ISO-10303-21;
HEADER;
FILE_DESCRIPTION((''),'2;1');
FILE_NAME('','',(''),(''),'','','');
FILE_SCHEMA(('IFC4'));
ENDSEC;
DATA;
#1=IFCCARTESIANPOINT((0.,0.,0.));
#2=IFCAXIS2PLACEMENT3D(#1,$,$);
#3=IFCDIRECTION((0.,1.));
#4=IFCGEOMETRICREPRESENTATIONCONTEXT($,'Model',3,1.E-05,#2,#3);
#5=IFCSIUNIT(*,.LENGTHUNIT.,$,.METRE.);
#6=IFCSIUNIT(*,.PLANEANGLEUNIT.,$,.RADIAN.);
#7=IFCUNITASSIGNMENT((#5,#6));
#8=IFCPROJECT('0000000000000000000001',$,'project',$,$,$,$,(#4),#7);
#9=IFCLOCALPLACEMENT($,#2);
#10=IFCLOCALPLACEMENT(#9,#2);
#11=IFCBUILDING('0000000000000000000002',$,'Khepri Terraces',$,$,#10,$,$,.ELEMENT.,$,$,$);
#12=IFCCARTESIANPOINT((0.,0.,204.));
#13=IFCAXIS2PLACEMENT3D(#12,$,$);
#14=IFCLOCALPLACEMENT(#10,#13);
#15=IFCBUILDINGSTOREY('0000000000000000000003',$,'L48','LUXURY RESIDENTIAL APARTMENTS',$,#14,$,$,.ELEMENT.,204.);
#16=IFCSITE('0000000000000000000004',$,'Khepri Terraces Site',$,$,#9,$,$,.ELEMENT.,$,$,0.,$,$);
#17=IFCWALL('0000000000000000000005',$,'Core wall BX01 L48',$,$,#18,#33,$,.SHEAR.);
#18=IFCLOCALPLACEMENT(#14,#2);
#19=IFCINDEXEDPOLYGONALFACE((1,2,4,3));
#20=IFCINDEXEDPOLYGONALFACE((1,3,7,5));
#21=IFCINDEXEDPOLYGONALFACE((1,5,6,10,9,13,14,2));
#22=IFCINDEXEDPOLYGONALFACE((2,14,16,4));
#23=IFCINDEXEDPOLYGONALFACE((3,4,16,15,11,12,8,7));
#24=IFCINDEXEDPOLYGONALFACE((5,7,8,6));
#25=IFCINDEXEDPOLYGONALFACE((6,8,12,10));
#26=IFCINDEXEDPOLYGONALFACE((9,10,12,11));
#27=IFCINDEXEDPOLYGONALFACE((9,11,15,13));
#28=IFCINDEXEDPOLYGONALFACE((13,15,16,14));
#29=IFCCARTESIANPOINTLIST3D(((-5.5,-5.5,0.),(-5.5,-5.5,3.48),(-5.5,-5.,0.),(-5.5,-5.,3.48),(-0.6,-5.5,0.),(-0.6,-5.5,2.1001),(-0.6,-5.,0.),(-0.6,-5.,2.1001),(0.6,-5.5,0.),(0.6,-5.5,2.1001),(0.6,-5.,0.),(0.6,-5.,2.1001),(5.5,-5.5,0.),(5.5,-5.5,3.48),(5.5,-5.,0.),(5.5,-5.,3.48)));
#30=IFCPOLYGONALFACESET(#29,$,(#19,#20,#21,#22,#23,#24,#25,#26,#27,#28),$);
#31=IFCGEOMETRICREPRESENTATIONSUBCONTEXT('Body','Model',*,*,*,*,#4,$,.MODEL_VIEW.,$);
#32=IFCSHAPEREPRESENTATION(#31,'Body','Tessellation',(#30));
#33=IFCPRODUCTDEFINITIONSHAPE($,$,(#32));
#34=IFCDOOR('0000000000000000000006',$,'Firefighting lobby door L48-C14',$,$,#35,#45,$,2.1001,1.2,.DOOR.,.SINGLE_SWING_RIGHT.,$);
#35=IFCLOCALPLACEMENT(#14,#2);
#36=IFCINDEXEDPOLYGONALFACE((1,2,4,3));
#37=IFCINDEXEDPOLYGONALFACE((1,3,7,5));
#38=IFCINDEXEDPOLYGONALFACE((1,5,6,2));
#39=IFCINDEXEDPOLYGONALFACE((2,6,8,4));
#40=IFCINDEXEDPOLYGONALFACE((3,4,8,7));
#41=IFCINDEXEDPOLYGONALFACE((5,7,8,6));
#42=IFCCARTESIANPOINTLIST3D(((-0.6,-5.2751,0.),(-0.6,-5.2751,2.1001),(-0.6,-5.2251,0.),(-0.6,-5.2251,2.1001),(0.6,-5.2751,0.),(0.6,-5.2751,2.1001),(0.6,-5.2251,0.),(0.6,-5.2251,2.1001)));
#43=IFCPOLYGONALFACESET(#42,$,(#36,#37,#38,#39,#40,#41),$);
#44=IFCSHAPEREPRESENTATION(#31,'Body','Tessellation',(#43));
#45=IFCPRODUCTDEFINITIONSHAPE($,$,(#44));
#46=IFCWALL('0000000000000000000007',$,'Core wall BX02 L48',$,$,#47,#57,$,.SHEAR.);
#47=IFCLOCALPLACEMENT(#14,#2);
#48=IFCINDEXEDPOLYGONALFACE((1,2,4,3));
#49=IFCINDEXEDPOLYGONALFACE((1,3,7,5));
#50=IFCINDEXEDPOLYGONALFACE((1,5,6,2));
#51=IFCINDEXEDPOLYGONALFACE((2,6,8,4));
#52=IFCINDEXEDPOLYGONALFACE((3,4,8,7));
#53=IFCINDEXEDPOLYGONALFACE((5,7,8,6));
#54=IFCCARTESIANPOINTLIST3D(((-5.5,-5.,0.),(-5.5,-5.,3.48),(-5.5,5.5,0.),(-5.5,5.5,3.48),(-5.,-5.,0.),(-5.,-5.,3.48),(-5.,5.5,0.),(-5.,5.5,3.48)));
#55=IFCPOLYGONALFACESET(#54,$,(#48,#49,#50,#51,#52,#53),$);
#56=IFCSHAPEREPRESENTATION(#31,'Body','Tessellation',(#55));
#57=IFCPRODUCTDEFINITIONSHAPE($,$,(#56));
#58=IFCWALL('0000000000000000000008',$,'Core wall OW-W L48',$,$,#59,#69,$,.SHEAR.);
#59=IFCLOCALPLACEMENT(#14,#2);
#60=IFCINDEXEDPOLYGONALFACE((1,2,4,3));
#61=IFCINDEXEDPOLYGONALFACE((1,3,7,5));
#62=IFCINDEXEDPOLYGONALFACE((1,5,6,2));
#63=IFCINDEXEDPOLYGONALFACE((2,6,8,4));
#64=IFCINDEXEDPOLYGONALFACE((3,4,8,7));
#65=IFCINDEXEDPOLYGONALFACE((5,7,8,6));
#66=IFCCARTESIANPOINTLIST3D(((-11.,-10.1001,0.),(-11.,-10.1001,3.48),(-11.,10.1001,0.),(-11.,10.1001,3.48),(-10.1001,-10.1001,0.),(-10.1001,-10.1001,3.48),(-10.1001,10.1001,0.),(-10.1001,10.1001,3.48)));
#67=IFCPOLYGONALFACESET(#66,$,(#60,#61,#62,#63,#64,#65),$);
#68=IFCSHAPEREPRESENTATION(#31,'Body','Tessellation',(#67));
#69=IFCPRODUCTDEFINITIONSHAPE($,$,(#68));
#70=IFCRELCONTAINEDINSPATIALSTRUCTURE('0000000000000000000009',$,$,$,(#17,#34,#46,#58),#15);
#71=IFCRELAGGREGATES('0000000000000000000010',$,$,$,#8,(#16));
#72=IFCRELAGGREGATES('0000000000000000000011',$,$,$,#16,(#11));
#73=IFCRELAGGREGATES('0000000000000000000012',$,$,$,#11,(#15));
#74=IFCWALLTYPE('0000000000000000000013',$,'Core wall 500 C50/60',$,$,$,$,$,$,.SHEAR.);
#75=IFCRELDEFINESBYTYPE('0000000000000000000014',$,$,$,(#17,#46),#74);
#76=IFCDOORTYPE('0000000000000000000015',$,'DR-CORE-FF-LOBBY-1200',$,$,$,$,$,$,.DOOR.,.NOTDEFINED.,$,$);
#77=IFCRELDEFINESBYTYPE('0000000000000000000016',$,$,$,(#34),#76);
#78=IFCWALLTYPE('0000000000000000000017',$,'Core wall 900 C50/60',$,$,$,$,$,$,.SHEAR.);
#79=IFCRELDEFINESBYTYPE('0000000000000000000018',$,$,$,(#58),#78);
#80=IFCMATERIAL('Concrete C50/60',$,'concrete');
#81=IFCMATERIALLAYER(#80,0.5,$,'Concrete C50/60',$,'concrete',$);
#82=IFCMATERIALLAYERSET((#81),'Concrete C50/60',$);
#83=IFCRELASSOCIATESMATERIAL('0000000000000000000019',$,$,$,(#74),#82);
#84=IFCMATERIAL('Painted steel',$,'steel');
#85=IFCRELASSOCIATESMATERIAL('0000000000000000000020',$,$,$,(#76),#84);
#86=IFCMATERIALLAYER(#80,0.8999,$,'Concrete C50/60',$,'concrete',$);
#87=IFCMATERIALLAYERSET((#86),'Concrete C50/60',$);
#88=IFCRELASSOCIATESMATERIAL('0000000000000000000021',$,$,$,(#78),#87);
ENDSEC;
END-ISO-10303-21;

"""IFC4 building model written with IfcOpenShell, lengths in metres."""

from ifc_helpers import new_model, si_unit, direction, frame, frame_2d, origin, place, context, subcontext, project, spatial, rectangle, extrude, material, layer, layer_set, type_object, element, fill, save


model = new_model("IFC4")

# Units and contexts
model_context = context("Model", 3, precision=1e-05, world=origin(), true_north=direction((0.0, 1.0)))
body_context = subcontext(model_context, "Body", "Model", "MODEL_VIEW")
ifc_project = project(units=[si_unit("LENGTHUNIT", "METRE"), si_unit("PLANEANGLEUNIT", "RADIAN")], contexts=[model_context])

# Site, building, storey
site_placement = place(None, origin())
site = spatial("IfcSite", under=ifc_project, at=site_placement, Name="Khepri Terraces Site", CompositionType="ELEMENT", RefElevation=0.0)
building_placement = place(site_placement, origin())
building = spatial("IfcBuilding", under=site, at=building_placement, Name="Khepri Terraces", CompositionType="ELEMENT")
storey_placement = place(building_placement, frame((0.0, 0.0, 204.0)))
storey = spatial("IfcBuildingStorey", under=building, at=storey_placement, Name="L48", Description="LUXURY RESIDENTIAL APARTMENTS", CompositionType="ELEMENT", Elevation=204.0)

# Shared definitions
ifc_material_1 = material(Name="Concrete C50/60", Category="concrete")

# Shared definitions
ifc_material_2 = material(Name="Painted steel", Category="steel")

# Wall, opening, door
ifc_layer_1 = layer(ifc_material_1, 0.5, Name="Concrete C50/60", Category="concrete")
ifc_layer_set_1 = layer_set([ifc_layer_1], Name="Concrete C50/60")
wall_type_1 = type_object("IfcWallType", Name="Core wall 500 C50/60", PredefinedType="SHEAR", material=ifc_layer_set_1)
wall_1_placement = place(storey_placement, frame((-5.5, -5.25, 0.0), z_axis=(0.0, 0.0, 1.0), x_axis=(1.0, 0.0, 0.0)))
wall_1 = element("IfcWall", 1, at=wall_1_placement, inside=storey, type_object=wall_type_1, Name="Core wall BX01 L48", PredefinedType="SHEAR", context=body_context, shape_type="SweptSolid", body=[
    extrude(rectangle(XDim=11.0, YDim=0.5, at=frame_2d((5.5, 0.0))), origin(), (0.0, 0.0, 1.0), 3.48),
])
opening_1_placement = place(wall_1_placement, frame((4.8999, 0.0, 0.0)))
opening_1 = element("IfcOpeningElement", 2, at=opening_1_placement, cuts=wall_1, PredefinedType="OPENING", context=body_context, shape_type="SweptSolid", body=[
    extrude(rectangle(XDim=1.2, YDim=2.1001, at=frame_2d((0.6001, 1.05))), frame((0.0, 0.26, 0.0), z_axis=(0.0, -1.0, 0.0), x_axis=(1.0, 0.0, 0.0)), (0.0, 0.0, 1.0), 0.52),
])
door_type_1 = type_object("IfcDoorType", Name="DR-CORE-FF-LOBBY-1200", OperationType="NOTDEFINED", PredefinedType="DOOR", material=ifc_material_2)
door_1_placement = place(opening_1_placement, origin())
door_1 = element("IfcDoor", 3, at=door_1_placement, inside=storey, type_object=door_type_1, Name="Firefighting lobby door L48-C14", OperationType="SINGLE_SWING_RIGHT", OverallHeight=2.1001, OverallWidth=1.2, PredefinedType="DOOR", context=body_context, shape_type="SweptSolid", body=[
    extrude(rectangle(XDim=1.2, YDim=2.1001, at=frame_2d((0.6001, 1.05))), frame((0.0, 0.0249, 0.0), z_axis=(0.0, -1.0, 0.0), x_axis=(1.0, 0.0, 0.0)), (0.0, 0.0, 1.0), 0.05),
])
fill(opening_1, door_1)

# Walls
wall_2_placement = place(storey_placement, frame((-5.25, -5.0, 0.0), z_axis=(0.0, 0.0, 1.0), x_axis=(0.0, 1.0, 0.0)))
element("IfcWall", 4, at=wall_2_placement, inside=storey, type_object=wall_type_1, Name="Core wall BX02 L48", PredefinedType="SHEAR", context=body_context, shape_type="SweptSolid", body=[
    extrude(rectangle(XDim=10.5, YDim=0.5, at=frame_2d((5.25, 0.0))), origin(), (0.0, 0.0, 1.0), 3.48),
])
ifc_layer_2 = layer(ifc_material_1, 0.8999, Name="Concrete C50/60", Category="concrete")
ifc_layer_set_2 = layer_set([ifc_layer_2], Name="Concrete C50/60")
wall_type_2 = type_object("IfcWallType", Name="Core wall 900 C50/60", PredefinedType="SHEAR", material=ifc_layer_set_2)
wall_3_placement = place(storey_placement, frame((-10.55, -10.1001, 0.0), z_axis=(0.0, 0.0, 1.0), x_axis=(0.0, 1.0, 0.0)))
element("IfcWall", 5, at=wall_3_placement, inside=storey, type_object=wall_type_2, Name="Core wall OW-W L48", PredefinedType="SHEAR", context=body_context, shape_type="SweptSolid", body=[
    extrude(rectangle(XDim=20.2002, YDim=0.8999, at=frame_2d((10.1001, 0.0))), origin(), (0.0, 0.0, 1.0), 3.48),
])

save(model, "model.ifc")
